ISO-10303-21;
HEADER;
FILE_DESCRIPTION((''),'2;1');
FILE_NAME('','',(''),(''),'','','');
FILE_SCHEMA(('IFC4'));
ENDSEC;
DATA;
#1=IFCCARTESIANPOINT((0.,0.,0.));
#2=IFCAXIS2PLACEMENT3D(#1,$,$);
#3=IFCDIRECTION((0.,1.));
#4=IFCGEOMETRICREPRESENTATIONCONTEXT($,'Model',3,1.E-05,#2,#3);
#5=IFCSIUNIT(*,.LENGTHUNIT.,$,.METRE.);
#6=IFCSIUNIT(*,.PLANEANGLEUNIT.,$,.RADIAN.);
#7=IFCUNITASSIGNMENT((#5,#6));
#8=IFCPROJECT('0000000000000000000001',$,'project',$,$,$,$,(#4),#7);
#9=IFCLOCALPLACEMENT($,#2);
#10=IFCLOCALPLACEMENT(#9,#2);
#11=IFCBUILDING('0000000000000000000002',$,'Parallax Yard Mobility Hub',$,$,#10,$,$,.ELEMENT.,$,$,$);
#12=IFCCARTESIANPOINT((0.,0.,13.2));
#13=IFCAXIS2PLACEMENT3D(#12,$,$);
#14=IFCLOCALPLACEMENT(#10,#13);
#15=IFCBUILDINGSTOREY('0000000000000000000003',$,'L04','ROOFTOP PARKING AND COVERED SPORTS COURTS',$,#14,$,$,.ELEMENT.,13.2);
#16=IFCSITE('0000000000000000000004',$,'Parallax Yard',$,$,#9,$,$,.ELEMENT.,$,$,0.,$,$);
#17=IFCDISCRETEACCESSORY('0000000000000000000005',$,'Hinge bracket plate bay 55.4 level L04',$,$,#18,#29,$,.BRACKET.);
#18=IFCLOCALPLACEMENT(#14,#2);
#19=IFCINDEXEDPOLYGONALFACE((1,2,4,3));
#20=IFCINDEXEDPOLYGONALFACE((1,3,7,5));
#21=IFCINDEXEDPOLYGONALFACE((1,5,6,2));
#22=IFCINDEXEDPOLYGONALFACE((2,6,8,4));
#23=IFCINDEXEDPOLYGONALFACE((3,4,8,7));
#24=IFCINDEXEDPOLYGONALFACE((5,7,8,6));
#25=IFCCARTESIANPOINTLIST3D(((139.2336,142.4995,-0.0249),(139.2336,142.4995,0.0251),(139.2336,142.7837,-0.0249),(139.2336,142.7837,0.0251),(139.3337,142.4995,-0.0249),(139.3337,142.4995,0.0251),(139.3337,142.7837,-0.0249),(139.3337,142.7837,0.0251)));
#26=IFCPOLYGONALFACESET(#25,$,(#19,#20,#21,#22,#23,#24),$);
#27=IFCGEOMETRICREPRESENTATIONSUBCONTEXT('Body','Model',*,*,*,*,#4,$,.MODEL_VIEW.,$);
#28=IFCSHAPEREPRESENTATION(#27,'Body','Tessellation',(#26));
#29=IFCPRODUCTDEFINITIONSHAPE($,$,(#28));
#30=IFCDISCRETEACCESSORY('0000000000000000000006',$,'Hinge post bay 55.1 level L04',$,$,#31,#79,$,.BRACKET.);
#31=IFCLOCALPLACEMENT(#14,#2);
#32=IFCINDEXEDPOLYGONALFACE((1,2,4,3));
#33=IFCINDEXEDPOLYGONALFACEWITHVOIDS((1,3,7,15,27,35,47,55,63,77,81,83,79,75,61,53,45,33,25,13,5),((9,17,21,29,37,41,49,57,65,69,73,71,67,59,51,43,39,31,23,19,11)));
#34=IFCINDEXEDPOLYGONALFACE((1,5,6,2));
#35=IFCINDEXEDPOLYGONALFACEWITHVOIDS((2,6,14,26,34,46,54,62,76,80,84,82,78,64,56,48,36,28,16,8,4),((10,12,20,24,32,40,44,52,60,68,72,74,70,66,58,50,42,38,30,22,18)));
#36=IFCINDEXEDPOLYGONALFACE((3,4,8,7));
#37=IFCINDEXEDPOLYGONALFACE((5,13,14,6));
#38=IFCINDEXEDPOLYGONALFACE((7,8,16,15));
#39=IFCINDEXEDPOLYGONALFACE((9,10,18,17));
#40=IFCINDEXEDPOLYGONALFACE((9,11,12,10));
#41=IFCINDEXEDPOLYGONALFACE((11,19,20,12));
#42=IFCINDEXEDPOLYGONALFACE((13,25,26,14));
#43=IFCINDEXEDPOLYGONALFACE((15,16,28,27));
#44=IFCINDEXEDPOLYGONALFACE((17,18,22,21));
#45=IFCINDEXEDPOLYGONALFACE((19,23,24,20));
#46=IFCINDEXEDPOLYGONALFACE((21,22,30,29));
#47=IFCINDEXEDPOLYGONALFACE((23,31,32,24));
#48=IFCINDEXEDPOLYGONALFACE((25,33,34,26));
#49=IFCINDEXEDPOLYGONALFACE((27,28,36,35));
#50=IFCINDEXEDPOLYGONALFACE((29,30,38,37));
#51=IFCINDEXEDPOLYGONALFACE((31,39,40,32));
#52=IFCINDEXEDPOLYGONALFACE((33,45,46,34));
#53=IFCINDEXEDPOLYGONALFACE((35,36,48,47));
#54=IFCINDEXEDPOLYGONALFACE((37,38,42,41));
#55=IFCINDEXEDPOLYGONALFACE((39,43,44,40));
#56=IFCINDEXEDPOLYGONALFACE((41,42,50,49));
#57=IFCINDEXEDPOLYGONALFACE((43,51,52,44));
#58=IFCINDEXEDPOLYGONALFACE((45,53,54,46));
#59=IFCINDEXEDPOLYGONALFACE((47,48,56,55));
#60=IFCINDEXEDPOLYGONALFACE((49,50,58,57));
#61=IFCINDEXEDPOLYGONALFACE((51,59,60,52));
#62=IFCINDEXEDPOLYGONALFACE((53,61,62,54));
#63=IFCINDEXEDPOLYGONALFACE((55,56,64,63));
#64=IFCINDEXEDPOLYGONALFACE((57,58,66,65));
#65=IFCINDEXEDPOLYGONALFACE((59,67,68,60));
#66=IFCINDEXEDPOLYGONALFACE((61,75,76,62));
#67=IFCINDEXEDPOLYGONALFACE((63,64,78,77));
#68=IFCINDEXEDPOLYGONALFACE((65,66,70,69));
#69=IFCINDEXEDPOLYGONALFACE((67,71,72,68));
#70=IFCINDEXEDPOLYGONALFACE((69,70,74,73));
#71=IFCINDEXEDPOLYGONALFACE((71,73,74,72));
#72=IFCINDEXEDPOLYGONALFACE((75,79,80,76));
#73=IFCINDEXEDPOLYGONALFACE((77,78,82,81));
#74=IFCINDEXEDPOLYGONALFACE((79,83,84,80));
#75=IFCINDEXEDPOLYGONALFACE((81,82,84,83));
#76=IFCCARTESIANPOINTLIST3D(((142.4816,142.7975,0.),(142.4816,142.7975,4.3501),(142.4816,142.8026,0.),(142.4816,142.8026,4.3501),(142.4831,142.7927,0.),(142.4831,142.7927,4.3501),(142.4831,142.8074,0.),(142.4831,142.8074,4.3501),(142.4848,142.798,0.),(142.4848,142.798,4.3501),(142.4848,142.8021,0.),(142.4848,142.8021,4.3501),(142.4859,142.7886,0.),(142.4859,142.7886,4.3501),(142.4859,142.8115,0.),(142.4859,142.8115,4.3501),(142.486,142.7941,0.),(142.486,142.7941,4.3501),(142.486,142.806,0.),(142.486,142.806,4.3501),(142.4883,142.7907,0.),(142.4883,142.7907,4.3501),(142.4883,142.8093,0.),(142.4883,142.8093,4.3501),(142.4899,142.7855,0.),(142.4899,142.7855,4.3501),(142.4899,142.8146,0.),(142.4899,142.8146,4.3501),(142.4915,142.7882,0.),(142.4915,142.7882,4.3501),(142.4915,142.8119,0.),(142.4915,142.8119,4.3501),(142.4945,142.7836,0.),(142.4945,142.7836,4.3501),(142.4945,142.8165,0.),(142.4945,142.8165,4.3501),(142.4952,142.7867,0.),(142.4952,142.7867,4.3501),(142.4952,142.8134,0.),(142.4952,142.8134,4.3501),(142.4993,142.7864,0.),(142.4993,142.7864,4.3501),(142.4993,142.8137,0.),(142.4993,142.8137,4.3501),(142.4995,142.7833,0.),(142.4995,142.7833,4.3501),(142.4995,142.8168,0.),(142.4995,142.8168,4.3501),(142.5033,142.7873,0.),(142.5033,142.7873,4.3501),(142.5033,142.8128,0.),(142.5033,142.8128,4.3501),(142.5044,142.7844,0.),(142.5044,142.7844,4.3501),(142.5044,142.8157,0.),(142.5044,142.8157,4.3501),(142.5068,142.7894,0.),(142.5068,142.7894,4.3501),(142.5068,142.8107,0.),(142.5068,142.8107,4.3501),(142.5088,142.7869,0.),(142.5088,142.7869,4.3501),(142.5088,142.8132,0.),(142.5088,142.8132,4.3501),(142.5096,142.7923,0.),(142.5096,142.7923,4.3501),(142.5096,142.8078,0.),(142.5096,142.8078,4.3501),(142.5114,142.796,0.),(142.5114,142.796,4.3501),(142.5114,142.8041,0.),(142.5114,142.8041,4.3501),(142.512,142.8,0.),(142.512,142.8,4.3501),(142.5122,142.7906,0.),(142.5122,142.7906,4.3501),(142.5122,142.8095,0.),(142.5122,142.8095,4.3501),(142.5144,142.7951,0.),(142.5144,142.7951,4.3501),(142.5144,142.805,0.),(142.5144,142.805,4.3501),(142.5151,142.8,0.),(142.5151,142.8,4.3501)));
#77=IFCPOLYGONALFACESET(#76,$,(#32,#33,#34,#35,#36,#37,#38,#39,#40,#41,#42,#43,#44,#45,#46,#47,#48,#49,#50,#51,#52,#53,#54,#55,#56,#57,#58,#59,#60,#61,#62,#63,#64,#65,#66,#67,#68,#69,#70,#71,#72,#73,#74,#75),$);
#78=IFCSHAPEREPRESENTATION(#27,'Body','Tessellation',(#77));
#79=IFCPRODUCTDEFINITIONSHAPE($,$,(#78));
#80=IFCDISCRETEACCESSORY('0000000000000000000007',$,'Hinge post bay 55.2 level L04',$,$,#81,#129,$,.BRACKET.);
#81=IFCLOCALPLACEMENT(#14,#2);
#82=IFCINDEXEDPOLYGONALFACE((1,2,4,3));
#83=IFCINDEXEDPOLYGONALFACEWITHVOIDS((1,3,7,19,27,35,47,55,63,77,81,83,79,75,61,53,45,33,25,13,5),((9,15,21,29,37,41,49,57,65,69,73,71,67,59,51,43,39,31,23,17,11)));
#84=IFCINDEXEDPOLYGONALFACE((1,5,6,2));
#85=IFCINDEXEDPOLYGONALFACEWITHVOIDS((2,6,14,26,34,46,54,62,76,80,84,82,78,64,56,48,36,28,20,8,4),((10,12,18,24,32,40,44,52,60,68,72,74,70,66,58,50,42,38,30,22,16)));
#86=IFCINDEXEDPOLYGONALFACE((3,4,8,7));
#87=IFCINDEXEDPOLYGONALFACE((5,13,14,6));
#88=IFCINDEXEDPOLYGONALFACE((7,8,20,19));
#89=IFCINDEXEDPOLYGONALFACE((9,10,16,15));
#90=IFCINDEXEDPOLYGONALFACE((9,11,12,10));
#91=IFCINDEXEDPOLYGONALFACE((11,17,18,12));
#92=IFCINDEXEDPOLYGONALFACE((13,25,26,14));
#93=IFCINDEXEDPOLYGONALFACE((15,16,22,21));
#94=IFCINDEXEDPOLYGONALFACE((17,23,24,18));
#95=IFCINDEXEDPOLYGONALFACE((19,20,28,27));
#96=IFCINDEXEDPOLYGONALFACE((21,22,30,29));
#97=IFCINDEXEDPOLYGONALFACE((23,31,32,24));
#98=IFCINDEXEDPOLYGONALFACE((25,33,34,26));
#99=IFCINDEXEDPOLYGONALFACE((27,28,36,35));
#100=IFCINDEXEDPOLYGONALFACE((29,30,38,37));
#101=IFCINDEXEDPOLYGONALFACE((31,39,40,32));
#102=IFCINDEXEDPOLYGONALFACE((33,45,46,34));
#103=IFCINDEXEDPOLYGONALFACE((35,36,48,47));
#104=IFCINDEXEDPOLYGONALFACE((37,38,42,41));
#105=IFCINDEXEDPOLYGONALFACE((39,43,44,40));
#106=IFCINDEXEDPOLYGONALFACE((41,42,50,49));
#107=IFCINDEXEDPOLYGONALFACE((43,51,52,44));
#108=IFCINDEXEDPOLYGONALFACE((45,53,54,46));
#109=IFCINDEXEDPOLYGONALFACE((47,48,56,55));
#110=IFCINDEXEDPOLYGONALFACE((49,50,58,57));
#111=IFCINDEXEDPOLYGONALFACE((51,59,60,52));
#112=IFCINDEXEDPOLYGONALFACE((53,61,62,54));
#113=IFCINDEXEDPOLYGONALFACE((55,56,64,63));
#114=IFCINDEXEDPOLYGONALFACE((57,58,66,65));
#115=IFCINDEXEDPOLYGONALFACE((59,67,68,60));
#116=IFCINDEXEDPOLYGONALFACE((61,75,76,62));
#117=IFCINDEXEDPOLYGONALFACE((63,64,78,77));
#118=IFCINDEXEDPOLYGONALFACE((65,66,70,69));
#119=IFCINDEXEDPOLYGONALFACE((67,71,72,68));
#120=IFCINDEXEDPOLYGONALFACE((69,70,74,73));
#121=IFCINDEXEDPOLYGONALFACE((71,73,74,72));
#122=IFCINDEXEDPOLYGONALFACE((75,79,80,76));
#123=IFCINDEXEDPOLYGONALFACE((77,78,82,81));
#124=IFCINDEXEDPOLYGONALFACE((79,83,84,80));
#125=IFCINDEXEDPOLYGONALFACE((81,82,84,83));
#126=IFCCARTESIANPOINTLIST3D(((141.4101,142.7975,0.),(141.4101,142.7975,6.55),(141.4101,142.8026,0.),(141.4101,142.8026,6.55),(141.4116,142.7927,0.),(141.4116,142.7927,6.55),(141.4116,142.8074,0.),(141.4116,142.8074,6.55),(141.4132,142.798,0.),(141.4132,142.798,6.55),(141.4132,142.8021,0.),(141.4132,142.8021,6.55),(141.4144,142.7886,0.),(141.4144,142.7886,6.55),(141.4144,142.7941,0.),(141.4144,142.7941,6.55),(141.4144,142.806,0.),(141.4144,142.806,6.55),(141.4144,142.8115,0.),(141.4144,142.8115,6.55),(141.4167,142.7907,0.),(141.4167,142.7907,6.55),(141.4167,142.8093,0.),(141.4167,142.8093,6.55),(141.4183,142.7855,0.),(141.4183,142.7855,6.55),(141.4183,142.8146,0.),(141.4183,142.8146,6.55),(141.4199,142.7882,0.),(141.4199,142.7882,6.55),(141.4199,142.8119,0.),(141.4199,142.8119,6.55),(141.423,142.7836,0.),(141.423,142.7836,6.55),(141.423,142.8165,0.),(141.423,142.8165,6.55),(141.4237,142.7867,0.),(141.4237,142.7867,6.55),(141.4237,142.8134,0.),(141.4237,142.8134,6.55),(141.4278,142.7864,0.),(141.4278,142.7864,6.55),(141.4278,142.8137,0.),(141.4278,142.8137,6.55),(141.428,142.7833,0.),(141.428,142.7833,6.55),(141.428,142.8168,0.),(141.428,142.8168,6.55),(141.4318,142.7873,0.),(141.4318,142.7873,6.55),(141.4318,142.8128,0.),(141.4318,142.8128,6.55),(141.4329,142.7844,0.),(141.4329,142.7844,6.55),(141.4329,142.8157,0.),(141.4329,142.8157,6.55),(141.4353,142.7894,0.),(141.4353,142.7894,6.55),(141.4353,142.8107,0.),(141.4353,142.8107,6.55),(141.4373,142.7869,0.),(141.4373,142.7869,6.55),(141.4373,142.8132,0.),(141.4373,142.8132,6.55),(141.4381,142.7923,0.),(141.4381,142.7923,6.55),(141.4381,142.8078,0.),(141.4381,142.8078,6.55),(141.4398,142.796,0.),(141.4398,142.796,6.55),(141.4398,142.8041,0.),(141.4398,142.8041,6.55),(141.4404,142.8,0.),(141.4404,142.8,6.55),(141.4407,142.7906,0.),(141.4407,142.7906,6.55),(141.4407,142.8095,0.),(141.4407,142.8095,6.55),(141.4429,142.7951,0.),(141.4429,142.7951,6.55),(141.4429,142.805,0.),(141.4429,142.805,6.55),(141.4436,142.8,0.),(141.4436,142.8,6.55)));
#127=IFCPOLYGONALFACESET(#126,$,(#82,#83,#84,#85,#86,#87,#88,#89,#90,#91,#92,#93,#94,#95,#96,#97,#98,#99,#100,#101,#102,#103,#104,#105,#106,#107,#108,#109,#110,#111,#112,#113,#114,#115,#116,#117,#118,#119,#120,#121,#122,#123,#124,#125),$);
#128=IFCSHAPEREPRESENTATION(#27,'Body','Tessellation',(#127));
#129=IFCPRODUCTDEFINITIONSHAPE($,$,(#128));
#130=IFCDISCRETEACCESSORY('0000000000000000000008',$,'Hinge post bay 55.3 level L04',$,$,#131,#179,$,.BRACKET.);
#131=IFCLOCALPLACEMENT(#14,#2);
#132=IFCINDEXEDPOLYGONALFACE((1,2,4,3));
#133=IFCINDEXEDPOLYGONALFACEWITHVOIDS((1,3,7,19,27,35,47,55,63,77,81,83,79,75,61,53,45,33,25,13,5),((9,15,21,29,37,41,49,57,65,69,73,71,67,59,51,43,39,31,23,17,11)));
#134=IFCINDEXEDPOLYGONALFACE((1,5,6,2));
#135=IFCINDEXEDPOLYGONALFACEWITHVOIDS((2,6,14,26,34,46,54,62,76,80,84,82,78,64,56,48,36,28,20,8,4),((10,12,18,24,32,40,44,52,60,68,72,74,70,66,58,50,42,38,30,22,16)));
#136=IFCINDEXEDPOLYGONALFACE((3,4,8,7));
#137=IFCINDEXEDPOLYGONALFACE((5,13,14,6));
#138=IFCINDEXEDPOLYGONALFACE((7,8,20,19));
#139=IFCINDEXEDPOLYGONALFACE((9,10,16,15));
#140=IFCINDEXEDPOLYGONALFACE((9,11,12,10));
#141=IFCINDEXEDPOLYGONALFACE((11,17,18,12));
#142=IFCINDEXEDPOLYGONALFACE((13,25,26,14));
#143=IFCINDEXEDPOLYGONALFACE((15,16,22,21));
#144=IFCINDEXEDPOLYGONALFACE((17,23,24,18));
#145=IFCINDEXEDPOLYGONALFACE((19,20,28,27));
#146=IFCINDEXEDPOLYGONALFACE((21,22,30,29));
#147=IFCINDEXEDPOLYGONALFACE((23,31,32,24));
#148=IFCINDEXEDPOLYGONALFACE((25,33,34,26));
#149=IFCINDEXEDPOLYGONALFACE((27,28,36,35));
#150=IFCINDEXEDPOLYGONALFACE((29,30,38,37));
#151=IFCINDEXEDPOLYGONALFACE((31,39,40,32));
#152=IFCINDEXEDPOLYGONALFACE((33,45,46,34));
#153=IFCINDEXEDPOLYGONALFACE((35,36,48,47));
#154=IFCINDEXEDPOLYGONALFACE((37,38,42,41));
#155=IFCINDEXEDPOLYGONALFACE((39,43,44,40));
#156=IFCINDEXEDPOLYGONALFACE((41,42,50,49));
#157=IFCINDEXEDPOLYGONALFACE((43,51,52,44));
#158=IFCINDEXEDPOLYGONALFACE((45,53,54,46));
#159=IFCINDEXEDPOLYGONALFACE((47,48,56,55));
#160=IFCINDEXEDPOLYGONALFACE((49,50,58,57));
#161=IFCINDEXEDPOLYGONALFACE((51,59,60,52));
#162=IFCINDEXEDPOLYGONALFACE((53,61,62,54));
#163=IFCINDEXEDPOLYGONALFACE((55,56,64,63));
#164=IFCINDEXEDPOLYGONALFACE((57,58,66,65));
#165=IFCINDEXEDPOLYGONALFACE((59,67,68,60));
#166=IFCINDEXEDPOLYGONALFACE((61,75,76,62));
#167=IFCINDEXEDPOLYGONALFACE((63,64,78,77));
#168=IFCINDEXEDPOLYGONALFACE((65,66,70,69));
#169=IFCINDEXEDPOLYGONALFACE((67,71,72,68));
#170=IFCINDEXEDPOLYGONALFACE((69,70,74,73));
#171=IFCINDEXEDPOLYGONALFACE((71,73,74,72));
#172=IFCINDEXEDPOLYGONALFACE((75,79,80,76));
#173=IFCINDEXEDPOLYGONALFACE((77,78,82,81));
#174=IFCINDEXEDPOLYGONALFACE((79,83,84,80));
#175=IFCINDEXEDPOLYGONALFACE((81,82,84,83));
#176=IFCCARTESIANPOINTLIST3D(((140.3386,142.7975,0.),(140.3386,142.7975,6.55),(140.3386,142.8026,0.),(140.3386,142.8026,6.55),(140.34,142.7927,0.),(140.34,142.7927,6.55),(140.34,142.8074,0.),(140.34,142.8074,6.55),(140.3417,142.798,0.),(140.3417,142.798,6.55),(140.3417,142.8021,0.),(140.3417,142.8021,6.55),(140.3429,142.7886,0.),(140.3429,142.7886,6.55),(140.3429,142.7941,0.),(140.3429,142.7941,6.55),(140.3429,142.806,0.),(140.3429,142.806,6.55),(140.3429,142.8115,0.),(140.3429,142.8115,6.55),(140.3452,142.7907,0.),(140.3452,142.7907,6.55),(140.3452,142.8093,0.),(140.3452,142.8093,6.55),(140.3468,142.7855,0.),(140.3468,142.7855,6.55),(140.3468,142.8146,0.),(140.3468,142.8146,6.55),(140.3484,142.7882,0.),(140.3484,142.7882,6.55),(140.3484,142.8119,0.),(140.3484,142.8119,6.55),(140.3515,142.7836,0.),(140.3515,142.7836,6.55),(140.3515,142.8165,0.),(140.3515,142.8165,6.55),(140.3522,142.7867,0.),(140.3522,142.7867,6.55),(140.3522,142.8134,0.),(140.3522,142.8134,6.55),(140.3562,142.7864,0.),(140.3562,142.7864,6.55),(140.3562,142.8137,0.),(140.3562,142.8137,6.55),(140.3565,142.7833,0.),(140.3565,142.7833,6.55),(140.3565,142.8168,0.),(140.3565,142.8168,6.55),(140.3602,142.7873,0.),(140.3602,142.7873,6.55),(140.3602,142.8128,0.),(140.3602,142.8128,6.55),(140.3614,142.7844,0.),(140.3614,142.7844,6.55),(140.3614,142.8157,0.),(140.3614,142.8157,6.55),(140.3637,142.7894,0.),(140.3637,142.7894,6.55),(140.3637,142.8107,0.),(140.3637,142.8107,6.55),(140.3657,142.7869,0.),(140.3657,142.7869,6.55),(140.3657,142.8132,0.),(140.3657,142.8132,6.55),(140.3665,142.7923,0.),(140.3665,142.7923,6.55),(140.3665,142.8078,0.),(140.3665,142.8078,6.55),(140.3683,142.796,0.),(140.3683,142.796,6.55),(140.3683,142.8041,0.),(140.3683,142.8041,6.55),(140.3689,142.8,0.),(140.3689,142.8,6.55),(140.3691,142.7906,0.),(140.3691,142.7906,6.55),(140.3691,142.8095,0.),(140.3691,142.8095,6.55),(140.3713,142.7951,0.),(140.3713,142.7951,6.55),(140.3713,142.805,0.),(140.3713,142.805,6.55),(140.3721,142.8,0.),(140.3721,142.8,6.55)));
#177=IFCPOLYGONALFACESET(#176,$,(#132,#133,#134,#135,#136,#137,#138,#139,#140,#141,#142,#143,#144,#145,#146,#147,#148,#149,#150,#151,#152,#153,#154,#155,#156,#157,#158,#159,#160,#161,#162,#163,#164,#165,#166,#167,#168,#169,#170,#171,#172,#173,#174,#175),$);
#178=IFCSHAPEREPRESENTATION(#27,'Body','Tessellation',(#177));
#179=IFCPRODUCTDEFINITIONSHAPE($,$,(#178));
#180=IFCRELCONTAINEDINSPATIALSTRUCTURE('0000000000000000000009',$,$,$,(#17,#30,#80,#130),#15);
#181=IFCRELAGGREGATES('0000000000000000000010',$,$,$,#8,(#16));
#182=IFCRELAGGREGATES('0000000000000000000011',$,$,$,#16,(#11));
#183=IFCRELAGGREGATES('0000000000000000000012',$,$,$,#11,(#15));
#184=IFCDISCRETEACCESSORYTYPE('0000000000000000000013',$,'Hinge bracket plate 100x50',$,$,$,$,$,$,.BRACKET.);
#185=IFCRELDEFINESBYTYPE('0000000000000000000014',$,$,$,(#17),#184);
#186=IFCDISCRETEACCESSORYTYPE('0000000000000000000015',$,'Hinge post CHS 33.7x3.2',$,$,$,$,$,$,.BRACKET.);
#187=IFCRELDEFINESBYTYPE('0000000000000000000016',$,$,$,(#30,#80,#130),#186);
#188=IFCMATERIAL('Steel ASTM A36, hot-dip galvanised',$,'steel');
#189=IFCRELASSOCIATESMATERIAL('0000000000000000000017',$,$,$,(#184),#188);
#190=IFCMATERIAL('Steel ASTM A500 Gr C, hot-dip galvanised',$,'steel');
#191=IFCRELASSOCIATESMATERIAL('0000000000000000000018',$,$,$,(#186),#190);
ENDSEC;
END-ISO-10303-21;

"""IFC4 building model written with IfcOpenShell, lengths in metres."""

from ifc_helpers import new_model, si_unit, direction, frame, origin, origin_2d, place, context, subcontext, project, spatial, rectangle, hollow_circle, extrude, material, material_profile, profile_set, type_object, element, save


model = new_model("IFC4")

# Units and contexts
model_context = context("Model", 3, precision=1e-05, world=origin(), true_north=direction((0.0, 1.0)))
body_context = subcontext(model_context, "Body", "Model", "MODEL_VIEW")
ifc_project = project(units=[si_unit("LENGTHUNIT", "METRE"), si_unit("PLANEANGLEUNIT", "RADIAN")], contexts=[model_context])

# Site, building, storey
site_placement = place(None, origin())
site = spatial("IfcSite", under=ifc_project, at=site_placement, Name="Parallax Yard", CompositionType="ELEMENT", RefElevation=0.0)
building_placement = place(site_placement, origin())
building = spatial("IfcBuilding", under=site, at=building_placement, Name="Parallax Yard Mobility Hub", CompositionType="ELEMENT")
storey_placement = place(building_placement, frame((0.0, 0.0, 13.2)))
storey = spatial("IfcBuildingStorey", under=building, at=storey_placement, Name="L04", Description="ROOFTOP PARKING AND COVERED SPORTS COURTS", CompositionType="ELEMENT", Elevation=13.2)

# Discrete accessories
ifc_material_1 = material(Name="Steel ASTM A36, hot-dip galvanised", Category="steel")
discrete_accessory_type_1 = type_object("IfcDiscreteAccessoryType", Name="Hinge bracket plate 100x50", PredefinedType="BRACKET", material=ifc_material_1)
for number, where, z_axis, x_axis, name in (
    (1, (139.2837, 142.6416, -0.0249), (0.0, 0.0, 1.0), (0.0, 1.0, 0.0), "Hinge bracket plate bay 55.4 level L04"),
):
    element("IfcDiscreteAccessory", number, at=place(storey_placement, frame(where, z_axis=z_axis, x_axis=x_axis)), inside=storey, type_object=discrete_accessory_type_1, Name=name, PredefinedType="BRACKET", context=body_context, shape_type="SweptSolid", body=[
        extrude(rectangle(XDim=0.2842, YDim=0.1001, at=origin_2d()), origin(), (0.0, 0.0, 1.0), 0.05),
    ])
ifc_material_2 = material(Name="Steel ASTM A500 Gr C, hot-dip galvanised", Category="steel")
ifc_material_profile = material_profile(ifc_material_2, hollow_circle(Radius=0.0168, WallThickness=0.0032, at=origin_2d()), Name="CHS 33.7x3.2")
ifc_profile_set = profile_set([ifc_material_profile], Name="Steel ASTM A500 Gr C, hot-dip galvanised")
discrete_accessory_type_2 = type_object("IfcDiscreteAccessoryType", Name="Hinge post CHS 33.7x3.2", PredefinedType="BRACKET", material=ifc_profile_set)
discrete_accessory_placement = place(storey_placement, frame((142.4983, 142.8, 0.0), z_axis=(0.0, 0.0, 1.0), x_axis=(1.0, 0.0, 0.0)))
element("IfcDiscreteAccessory", 2, at=discrete_accessory_placement, inside=storey, type_object=discrete_accessory_type_2, Name="Hinge post bay 55.1 level L04", PredefinedType="BRACKET", context=body_context, shape_type="SweptSolid", body=[
    extrude(hollow_circle(Radius=0.0168, WallThickness=0.0032, at=origin_2d()), origin(), (0.0, 0.0, 1.0), 4.3501),
])
for number, where, z_axis, x_axis, name in (
    (3, (141.4268, 142.8, 0.0), (0.0, 0.0, 1.0), (1.0, 0.0, 0.0), "Hinge post bay 55.2 level L04"),
    (4, (140.3552, 142.8, 0.0), (0.0, 0.0, 1.0), (1.0, 0.0, 0.0), "Hinge post bay 55.3 level L04"),
):
    element("IfcDiscreteAccessory", number, at=place(storey_placement, frame(where, z_axis=z_axis, x_axis=x_axis)), inside=storey, type_object=discrete_accessory_type_2, Name=name, PredefinedType="BRACKET", context=body_context, shape_type="SweptSolid", body=[
        extrude(hollow_circle(Radius=0.0168, WallThickness=0.0032, at=origin_2d()), origin(), (0.0, 0.0, 1.0), 6.55),
    ])

save(model, "model.ifc")
